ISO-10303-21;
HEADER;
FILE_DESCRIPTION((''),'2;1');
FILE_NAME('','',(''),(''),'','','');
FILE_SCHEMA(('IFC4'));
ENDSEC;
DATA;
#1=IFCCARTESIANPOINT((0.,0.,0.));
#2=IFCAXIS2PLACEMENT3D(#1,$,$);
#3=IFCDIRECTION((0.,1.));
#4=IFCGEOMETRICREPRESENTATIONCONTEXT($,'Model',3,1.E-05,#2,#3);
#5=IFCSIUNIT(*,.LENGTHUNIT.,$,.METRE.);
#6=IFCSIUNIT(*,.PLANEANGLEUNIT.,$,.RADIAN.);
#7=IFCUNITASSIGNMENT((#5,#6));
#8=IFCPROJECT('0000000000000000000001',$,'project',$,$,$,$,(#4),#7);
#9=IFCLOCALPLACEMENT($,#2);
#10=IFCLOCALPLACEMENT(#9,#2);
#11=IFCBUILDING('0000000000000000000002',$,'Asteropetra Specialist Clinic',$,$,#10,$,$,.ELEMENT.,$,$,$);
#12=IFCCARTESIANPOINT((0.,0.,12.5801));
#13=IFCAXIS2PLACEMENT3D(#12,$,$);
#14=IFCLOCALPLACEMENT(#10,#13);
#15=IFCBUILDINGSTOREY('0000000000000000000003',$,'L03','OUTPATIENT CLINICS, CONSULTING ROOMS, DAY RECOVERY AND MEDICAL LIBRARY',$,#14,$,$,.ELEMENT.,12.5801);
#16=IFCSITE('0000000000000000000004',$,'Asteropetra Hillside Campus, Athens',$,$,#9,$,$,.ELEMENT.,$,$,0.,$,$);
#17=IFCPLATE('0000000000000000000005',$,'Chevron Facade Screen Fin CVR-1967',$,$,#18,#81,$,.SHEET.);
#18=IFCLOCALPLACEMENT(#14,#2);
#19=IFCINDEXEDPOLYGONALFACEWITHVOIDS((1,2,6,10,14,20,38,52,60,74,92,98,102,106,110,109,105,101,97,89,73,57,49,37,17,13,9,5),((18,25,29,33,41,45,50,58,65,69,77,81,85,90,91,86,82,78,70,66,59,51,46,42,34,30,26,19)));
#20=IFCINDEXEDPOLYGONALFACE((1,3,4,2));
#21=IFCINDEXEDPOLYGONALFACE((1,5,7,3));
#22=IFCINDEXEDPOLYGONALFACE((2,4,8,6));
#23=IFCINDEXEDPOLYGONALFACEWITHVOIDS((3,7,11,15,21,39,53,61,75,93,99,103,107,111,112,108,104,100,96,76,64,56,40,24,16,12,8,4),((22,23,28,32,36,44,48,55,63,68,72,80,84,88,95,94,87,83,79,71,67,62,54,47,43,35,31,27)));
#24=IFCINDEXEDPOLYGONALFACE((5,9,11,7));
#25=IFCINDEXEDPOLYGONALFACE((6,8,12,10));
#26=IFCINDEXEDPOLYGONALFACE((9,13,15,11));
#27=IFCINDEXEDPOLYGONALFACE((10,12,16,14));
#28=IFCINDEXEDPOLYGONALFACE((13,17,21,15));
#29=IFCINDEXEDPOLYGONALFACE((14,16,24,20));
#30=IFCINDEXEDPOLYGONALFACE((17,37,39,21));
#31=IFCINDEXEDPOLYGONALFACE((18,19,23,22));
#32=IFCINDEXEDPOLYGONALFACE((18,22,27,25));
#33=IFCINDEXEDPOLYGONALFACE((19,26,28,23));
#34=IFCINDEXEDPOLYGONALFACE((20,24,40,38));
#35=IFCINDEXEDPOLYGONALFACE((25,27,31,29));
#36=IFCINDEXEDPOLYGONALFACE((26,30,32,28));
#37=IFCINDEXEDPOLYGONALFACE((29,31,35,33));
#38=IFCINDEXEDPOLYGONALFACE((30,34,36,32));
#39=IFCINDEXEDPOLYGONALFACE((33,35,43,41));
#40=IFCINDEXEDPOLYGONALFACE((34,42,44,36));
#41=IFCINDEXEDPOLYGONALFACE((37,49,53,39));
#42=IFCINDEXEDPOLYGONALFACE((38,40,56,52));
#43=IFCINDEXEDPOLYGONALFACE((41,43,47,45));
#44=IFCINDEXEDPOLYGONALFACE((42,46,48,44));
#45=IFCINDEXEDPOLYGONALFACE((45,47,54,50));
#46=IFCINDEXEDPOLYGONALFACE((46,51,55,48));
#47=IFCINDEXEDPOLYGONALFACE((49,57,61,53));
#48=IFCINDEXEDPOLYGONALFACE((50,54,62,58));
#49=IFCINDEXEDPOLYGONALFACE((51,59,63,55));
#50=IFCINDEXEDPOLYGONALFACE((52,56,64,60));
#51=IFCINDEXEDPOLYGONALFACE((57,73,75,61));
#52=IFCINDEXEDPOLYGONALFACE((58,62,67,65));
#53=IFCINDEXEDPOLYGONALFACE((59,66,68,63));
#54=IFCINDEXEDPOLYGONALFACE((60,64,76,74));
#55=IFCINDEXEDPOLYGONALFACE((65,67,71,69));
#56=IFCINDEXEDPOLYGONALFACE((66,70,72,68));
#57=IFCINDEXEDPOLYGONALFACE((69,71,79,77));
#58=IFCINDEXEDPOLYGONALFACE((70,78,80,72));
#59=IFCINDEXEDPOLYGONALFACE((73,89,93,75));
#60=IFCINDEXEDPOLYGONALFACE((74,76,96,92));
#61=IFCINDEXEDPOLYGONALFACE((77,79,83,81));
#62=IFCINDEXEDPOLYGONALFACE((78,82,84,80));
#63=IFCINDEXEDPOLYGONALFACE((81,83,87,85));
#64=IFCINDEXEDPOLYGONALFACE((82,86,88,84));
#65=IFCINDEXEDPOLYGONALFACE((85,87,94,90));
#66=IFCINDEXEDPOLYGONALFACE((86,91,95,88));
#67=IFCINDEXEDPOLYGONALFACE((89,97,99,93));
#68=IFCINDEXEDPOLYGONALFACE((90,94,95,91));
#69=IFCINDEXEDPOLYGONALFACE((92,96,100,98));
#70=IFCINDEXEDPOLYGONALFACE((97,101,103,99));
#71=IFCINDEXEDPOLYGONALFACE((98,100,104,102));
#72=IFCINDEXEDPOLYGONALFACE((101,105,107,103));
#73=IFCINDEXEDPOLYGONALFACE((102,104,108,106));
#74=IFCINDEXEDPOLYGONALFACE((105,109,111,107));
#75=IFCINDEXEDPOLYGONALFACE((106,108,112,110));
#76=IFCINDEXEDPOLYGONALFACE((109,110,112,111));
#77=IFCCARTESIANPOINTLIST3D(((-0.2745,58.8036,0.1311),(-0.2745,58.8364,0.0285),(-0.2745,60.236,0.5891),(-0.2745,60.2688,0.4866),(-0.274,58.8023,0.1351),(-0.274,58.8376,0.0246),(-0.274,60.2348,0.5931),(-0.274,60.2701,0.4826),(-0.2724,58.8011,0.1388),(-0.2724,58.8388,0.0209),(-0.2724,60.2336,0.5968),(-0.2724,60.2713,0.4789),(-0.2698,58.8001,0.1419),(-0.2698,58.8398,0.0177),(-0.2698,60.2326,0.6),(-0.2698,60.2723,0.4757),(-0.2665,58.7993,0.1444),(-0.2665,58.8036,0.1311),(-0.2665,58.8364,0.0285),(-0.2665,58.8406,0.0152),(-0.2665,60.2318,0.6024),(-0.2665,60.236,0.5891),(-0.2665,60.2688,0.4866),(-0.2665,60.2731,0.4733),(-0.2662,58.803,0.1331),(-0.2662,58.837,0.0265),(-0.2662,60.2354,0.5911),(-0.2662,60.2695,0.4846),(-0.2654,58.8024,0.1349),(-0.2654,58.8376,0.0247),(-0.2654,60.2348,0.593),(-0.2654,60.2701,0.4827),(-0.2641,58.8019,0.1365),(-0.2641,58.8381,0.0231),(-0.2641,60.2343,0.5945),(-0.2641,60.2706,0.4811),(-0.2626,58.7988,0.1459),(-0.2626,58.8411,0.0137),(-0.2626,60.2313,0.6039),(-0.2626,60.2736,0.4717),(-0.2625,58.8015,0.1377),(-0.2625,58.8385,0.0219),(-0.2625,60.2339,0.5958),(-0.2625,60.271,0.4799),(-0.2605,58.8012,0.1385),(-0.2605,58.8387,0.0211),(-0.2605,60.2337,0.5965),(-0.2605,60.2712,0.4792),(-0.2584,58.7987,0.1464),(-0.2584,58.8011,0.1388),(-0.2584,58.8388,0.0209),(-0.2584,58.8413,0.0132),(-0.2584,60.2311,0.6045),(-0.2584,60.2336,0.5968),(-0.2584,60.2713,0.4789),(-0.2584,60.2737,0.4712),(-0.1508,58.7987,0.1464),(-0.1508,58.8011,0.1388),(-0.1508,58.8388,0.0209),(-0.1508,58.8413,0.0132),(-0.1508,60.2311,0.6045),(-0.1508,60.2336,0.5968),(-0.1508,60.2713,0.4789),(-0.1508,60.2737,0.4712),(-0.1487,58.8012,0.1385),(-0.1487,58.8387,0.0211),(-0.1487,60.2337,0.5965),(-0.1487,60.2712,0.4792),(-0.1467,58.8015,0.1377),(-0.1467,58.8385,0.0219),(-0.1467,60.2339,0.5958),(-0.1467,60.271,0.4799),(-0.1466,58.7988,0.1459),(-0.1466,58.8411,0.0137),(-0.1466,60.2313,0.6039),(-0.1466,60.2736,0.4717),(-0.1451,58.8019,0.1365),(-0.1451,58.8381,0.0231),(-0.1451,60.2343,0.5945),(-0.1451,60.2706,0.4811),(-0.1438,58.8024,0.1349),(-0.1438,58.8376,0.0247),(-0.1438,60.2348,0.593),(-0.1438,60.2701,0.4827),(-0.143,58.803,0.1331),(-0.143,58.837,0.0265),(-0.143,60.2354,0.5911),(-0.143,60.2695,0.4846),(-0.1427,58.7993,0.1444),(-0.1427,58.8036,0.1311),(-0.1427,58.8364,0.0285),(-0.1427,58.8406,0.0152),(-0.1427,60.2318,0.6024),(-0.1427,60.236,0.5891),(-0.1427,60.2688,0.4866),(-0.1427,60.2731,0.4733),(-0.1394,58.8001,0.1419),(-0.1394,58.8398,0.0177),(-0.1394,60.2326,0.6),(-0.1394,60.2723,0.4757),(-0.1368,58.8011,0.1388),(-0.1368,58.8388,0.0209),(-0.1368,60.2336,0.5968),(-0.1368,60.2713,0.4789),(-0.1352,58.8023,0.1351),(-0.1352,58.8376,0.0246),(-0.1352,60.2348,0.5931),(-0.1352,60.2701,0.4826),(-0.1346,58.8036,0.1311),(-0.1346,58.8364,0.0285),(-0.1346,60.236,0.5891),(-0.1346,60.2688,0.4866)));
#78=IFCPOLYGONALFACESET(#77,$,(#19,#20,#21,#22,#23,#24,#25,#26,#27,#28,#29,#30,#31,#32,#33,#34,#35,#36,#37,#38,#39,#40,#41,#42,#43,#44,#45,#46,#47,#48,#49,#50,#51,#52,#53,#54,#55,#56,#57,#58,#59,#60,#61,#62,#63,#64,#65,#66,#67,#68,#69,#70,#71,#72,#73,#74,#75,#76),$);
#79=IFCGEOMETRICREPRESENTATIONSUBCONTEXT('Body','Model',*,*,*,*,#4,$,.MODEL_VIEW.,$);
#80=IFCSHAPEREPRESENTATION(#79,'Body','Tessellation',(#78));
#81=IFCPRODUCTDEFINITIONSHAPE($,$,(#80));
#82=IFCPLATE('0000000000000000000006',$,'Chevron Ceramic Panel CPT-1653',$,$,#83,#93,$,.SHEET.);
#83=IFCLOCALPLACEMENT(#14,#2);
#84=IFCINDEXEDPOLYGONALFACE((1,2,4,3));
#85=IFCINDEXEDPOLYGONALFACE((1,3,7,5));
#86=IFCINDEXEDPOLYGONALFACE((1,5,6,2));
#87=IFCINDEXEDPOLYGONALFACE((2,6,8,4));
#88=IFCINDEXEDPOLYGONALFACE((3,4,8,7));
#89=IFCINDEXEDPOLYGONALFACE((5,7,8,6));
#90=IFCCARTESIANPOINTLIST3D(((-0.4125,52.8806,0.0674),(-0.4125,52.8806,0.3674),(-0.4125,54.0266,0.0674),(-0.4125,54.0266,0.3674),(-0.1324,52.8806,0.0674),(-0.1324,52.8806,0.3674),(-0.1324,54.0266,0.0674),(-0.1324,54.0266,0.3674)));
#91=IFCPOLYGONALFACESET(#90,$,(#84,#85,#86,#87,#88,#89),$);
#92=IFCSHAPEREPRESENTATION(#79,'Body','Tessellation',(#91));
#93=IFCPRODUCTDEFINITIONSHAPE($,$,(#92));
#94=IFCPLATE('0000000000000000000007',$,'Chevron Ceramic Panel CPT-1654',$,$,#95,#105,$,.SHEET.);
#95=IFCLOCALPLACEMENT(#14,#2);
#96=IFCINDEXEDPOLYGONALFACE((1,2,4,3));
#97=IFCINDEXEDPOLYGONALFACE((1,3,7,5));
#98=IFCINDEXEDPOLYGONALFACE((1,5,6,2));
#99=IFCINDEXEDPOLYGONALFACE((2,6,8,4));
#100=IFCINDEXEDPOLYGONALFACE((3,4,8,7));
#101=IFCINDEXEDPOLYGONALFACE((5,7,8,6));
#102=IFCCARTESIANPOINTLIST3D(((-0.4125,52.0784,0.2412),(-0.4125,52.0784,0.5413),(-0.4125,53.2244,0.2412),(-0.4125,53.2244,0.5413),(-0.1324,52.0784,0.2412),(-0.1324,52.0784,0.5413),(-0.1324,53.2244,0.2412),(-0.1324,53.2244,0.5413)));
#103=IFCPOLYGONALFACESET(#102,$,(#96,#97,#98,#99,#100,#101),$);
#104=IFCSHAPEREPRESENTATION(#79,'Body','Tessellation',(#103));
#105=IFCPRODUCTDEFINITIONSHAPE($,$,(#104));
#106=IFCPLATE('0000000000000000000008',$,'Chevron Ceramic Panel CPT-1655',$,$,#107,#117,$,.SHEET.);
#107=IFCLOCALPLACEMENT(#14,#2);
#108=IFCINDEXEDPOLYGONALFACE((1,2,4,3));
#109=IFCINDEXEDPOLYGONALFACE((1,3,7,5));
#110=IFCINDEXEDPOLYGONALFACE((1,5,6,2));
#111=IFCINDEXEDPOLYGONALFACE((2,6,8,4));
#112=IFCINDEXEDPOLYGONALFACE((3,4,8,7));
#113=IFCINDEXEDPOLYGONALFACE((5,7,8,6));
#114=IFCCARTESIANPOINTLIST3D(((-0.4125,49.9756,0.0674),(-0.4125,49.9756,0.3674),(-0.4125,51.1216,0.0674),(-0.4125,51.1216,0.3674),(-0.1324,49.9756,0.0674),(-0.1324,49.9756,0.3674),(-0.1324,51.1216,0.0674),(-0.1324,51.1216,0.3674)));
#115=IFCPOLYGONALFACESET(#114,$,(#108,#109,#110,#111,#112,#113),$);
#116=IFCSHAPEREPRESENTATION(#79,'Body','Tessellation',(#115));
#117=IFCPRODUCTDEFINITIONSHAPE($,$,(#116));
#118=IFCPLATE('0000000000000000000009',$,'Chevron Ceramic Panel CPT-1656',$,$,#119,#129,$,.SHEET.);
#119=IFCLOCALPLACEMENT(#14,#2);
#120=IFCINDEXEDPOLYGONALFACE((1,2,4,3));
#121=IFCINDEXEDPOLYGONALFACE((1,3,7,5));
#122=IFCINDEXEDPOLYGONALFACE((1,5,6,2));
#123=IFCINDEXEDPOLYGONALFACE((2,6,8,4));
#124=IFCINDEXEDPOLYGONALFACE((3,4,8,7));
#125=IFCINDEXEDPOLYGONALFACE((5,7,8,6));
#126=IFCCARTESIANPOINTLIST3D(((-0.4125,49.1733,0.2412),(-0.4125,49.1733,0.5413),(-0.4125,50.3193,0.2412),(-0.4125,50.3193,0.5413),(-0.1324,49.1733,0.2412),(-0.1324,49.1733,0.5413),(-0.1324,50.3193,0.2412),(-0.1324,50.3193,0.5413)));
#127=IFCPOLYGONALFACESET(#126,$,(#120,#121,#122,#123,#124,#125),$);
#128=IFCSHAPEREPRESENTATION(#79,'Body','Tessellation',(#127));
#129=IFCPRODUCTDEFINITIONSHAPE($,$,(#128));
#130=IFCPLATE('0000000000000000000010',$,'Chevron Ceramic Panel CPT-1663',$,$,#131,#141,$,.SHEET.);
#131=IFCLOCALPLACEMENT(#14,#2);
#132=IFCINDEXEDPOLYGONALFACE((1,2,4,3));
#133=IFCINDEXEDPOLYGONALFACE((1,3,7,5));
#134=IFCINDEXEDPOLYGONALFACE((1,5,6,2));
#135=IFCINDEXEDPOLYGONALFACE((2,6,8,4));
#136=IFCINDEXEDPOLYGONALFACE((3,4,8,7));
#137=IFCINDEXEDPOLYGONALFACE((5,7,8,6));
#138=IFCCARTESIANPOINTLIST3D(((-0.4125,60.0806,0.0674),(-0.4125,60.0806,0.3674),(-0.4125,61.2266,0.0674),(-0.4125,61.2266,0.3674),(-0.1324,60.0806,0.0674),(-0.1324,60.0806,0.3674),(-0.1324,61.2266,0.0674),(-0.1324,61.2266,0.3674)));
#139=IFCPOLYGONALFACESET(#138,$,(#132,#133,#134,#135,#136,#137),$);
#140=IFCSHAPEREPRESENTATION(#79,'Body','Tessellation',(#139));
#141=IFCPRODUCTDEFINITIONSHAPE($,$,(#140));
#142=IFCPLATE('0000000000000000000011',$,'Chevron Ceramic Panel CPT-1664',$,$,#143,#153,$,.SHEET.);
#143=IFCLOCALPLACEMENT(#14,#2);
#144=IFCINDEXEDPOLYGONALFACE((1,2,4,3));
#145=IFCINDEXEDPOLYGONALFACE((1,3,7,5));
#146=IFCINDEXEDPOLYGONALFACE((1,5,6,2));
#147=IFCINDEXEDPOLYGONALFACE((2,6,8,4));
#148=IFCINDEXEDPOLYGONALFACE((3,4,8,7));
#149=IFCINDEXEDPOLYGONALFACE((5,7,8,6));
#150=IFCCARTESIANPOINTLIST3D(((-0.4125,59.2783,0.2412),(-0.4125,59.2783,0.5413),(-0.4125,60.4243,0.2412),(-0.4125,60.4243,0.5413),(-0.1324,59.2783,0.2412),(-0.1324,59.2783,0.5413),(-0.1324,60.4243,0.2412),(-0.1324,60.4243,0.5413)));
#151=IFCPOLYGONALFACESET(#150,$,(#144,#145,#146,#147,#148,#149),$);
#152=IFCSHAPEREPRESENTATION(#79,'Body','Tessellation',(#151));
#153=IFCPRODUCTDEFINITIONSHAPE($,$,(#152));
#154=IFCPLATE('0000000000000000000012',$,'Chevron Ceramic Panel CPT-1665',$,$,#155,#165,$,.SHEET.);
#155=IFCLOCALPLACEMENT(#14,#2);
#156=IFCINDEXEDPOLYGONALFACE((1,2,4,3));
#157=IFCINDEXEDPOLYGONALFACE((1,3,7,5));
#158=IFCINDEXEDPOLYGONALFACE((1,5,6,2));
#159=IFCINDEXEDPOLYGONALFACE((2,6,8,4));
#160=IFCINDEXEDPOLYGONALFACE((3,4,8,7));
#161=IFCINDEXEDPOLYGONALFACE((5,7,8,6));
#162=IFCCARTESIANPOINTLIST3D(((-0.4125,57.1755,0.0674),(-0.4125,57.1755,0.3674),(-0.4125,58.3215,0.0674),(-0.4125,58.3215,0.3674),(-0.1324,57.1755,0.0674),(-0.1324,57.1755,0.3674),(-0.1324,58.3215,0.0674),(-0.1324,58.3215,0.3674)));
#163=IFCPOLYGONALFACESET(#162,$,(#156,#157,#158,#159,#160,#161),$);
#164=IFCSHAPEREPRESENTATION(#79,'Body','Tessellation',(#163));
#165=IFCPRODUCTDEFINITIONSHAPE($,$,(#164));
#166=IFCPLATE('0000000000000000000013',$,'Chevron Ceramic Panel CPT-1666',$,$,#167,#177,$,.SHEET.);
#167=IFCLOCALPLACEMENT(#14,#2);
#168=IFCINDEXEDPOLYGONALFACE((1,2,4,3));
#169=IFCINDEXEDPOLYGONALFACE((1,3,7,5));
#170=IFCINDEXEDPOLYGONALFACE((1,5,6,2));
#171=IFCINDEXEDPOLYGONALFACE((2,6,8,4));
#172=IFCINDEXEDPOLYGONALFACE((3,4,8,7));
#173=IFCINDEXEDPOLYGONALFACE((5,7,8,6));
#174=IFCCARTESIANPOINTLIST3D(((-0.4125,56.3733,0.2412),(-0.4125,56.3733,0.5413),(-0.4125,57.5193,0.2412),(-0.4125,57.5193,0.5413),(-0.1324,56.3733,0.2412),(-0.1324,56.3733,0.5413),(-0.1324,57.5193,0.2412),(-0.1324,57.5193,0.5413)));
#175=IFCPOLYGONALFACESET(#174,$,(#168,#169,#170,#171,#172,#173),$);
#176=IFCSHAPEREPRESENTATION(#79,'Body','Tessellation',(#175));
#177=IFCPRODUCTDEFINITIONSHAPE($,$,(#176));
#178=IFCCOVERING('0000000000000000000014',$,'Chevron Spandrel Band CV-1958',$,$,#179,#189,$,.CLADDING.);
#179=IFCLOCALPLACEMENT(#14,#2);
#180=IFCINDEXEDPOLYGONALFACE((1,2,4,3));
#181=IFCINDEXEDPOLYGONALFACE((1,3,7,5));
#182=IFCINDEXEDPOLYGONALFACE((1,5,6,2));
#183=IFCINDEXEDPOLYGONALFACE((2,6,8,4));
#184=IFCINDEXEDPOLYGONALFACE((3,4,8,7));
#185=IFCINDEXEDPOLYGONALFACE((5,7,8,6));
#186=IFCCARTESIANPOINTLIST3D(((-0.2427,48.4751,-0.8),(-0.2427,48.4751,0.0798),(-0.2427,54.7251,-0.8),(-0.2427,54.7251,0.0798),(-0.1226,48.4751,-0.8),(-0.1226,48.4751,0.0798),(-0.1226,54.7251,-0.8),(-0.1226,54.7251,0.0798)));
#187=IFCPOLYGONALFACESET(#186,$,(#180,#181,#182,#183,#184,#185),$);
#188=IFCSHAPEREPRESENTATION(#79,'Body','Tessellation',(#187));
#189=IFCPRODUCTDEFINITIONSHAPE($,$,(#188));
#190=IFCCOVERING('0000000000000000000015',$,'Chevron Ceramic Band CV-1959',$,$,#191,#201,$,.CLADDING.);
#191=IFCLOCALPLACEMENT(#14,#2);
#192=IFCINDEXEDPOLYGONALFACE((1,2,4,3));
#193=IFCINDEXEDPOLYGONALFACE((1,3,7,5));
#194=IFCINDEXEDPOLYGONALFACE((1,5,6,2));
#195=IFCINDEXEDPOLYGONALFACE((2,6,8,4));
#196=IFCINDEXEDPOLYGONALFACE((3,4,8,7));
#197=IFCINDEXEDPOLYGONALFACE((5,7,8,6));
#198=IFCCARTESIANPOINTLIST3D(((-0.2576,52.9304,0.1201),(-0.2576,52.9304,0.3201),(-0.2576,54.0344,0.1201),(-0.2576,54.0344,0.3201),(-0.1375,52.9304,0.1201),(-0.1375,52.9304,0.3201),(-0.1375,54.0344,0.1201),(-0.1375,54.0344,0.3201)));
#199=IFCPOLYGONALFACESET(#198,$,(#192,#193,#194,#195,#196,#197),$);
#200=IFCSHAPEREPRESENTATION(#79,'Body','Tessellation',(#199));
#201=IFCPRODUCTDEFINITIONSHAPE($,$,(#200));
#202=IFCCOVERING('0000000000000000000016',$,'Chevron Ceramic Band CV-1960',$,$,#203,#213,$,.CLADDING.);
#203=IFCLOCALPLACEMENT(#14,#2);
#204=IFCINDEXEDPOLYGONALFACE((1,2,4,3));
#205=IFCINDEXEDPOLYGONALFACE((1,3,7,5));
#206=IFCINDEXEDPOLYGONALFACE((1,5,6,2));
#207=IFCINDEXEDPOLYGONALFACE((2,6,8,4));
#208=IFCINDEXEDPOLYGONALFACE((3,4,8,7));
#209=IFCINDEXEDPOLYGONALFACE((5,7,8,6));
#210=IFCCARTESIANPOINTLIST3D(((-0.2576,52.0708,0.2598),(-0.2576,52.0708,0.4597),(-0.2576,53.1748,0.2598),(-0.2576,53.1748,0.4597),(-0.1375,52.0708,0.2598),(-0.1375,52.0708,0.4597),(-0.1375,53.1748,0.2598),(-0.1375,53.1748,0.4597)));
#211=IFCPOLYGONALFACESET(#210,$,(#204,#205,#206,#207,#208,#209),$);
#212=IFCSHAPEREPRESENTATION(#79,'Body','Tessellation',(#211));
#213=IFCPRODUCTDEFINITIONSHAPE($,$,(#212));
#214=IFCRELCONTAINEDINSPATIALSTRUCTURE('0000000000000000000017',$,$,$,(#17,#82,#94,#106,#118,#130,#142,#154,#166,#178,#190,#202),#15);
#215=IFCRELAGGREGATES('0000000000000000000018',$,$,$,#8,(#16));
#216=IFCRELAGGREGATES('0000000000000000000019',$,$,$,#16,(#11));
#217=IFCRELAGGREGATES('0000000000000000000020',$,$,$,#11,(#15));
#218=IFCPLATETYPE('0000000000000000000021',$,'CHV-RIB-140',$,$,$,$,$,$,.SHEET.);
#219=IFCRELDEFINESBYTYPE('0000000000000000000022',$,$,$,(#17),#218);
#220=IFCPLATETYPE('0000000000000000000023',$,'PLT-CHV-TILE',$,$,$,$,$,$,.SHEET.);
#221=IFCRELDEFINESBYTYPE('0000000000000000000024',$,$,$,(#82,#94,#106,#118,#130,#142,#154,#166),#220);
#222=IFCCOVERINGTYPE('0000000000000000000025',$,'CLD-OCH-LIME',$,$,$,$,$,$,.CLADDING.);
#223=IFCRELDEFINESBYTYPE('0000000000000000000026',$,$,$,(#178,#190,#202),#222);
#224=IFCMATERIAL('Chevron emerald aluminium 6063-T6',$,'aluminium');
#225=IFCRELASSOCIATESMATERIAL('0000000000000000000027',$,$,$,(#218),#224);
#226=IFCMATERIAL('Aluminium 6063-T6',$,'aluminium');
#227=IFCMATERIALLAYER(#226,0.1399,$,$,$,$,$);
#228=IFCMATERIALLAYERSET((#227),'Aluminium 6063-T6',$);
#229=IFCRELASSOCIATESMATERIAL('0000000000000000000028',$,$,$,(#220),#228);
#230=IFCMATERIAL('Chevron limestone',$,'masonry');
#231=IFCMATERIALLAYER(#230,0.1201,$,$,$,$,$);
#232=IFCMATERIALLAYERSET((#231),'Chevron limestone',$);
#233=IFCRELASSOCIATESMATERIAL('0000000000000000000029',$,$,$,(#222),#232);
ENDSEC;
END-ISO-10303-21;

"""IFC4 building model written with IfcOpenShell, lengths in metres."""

from ifc_helpers import new_model, si_unit, direction, frame, origin, origin_2d, place, context, subcontext, project, spatial, rectangle, hollow_rectangle, extrude, material, layer, layer_set, material_profile, profile_set, type_object, element, save


model = new_model("IFC4")

# Units and contexts
model_context = context("Model", 3, precision=1e-05, world=origin(), true_north=direction((0.0, 1.0)))
body_context = subcontext(model_context, "Body", "Model", "MODEL_VIEW")
ifc_project = project(units=[si_unit("LENGTHUNIT", "METRE"), si_unit("PLANEANGLEUNIT", "RADIAN")], contexts=[model_context])

# Site, building, storey
site_placement = place(None, origin())
site = spatial("IfcSite", under=ifc_project, at=site_placement, Name="Asteropetra Hillside Campus, Athens", CompositionType="ELEMENT", RefElevation=0.0)
building_placement = place(site_placement, origin())
building = spatial("IfcBuilding", under=site, at=building_placement, Name="Asteropetra Specialist Clinic", CompositionType="ELEMENT")
storey_placement = place(building_placement, frame((0.0, 0.0, 12.5801)))
storey = spatial("IfcBuildingStorey", under=building, at=storey_placement, Name="L03", Description="OUTPATIENT CLINICS, CONSULTING ROOMS, DAY RECOVERY AND MEDICAL LIBRARY", CompositionType="ELEMENT", Elevation=12.5801)

# Plates
ifc_material_1 = material(Name="Chevron emerald aluminium 6063-T6", Category="aluminium")
ifc_material_profile_1 = material_profile(ifc_material_1, hollow_rectangle(XDim=0.1399, YDim=0.1399, WallThickness=0.0081, InnerFilletRadius=0.0081, OuterFilletRadius=0.0161, at=origin_2d()), Name="SHS 140x140x8.0")
ifc_profile_set_1 = profile_set([ifc_material_profile_1], Name="Chevron emerald aluminium 6063-T6")
plate_type_1 = type_object("IfcPlateType", Name="CHV-RIB-140", PredefinedType="SHEET", material=ifc_profile_set_1)
for number, where, z_axis, x_axis, name in (
    (1, (-0.2046, 60.2524, 0.5378), (0.0, -0.952492, -0.304564), (1.0, 0.0, 0.0), "Chevron Facade Screen Fin CVR-1967"),
):
    element("IfcPlate", number, at=place(storey_placement, frame(where, z_axis=z_axis, x_axis=x_axis)), inside=storey, type_object=plate_type_1, Name=name, PredefinedType="SHEET", context=body_context, shape_type="SweptSolid", body=[
        extrude(hollow_rectangle(XDim=0.1399, YDim=0.1399, WallThickness=0.0081, InnerFilletRadius=0.0081, OuterFilletRadius=0.0161, at=origin_2d()), origin(), (0.0, 0.0, 1.0), 1.5039),
    ])
ifc_material_2 = material(Name="Aluminium 6063-T6", Category="aluminium")
ifc_layer_1 = layer(ifc_material_2, 0.1399)
ifc_layer_set_1 = layer_set([ifc_layer_1], Name="Aluminium 6063-T6")
plate_type_2 = type_object("IfcPlateType", Name="PLT-CHV-TILE", PredefinedType="SHEET", material=ifc_layer_set_1)
for number, where, z_axis, x_axis, name in (
    (2, (-0.2725, 53.4536, 0.0674), (0.0, 0.0, 1.0), (1.0, 0.0, 0.0), "Chevron Ceramic Panel CPT-1653"),
    (3, (-0.2725, 52.6514, 0.2412), (0.0, 0.0, 1.0), (1.0, 0.0, 0.0), "Chevron Ceramic Panel CPT-1654"),
    (4, (-0.2725, 50.5486, 0.0674), (0.0, 0.0, 1.0), (1.0, 0.0, 0.0), "Chevron Ceramic Panel CPT-1655"),
    (5, (-0.2725, 49.7463, 0.2412), (0.0, 0.0, 1.0), (1.0, 0.0, 0.0), "Chevron Ceramic Panel CPT-1656"),
    (6, (-0.2725, 60.6536, 0.0674), (0.0, 0.0, 1.0), (1.0, 0.0, 0.0), "Chevron Ceramic Panel CPT-1663"),
    (7, (-0.2725, 59.8513, 0.2412), (0.0, 0.0, 1.0), (1.0, 0.0, 0.0), "Chevron Ceramic Panel CPT-1664"),
    (8, (-0.2725, 57.7485, 0.0674), (0.0, 0.0, 1.0), (1.0, 0.0, 0.0), "Chevron Ceramic Panel CPT-1665"),
    (9, (-0.2725, 56.9463, 0.2412), (0.0, 0.0, 1.0), (1.0, 0.0, 0.0), "Chevron Ceramic Panel CPT-1666"),
):
    element("IfcPlate", number, at=place(storey_placement, frame(where, z_axis=z_axis, x_axis=x_axis)), inside=storey, type_object=plate_type_2, Name=name, PredefinedType="SHEET", context=body_context, shape_type="SweptSolid", body=[
        extrude(rectangle(XDim=0.28, YDim=1.146, at=origin_2d()), origin(), (0.0, 0.0, 1.0), 0.3),
    ])

# Coverings
ifc_material_3 = material(Name="Chevron limestone", Category="masonry")
ifc_layer_2 = layer(ifc_material_3, 0.1201)
ifc_layer_set_2 = layer_set([ifc_layer_2], Name="Chevron limestone")
covering_type_1 = type_object("IfcCoveringType", Name="CLD-OCH-LIME", PredefinedType="CLADDING", material=ifc_layer_set_2)
covering_1_placement = place(storey_placement, frame((-0.1826, 51.6001, -0.8), z_axis=(0.0, 0.0, 1.0), x_axis=(1.0, 0.0, 0.0)))
element("IfcCovering", 10, at=covering_1_placement, inside=storey, type_object=covering_type_1, Name="Chevron Spandrel Band CV-1958", PredefinedType="CLADDING", context=body_context, shape_type="SweptSolid", body=[
    extrude(rectangle(XDim=0.1201, YDim=6.25, at=origin_2d()), origin(), (0.0, 0.0, 1.0), 0.8799),
])
for number, where, z_axis, x_axis, name in (
    (11, (-0.1975, 53.4824, 0.1201), (0.0, 0.0, 1.0), (1.0, 0.0, 0.0), "Chevron Ceramic Band CV-1959"),
    (12, (-0.1975, 52.6228, 0.2598), (0.0, 0.0, 1.0), (1.0, 0.0, 0.0), "Chevron Ceramic Band CV-1960"),
):
    element("IfcCovering", number, at=place(storey_placement, frame(where, z_axis=z_axis, x_axis=x_axis)), inside=storey, type_object=covering_type_1, Name=name, PredefinedType="CLADDING", context=body_context, shape_type="SweptSolid", body=[
        extrude(rectangle(XDim=0.1201, YDim=1.104, at=origin_2d()), origin(), (0.0, 0.0, 1.0), 0.2),
    ])

save(model, "model.ifc")
